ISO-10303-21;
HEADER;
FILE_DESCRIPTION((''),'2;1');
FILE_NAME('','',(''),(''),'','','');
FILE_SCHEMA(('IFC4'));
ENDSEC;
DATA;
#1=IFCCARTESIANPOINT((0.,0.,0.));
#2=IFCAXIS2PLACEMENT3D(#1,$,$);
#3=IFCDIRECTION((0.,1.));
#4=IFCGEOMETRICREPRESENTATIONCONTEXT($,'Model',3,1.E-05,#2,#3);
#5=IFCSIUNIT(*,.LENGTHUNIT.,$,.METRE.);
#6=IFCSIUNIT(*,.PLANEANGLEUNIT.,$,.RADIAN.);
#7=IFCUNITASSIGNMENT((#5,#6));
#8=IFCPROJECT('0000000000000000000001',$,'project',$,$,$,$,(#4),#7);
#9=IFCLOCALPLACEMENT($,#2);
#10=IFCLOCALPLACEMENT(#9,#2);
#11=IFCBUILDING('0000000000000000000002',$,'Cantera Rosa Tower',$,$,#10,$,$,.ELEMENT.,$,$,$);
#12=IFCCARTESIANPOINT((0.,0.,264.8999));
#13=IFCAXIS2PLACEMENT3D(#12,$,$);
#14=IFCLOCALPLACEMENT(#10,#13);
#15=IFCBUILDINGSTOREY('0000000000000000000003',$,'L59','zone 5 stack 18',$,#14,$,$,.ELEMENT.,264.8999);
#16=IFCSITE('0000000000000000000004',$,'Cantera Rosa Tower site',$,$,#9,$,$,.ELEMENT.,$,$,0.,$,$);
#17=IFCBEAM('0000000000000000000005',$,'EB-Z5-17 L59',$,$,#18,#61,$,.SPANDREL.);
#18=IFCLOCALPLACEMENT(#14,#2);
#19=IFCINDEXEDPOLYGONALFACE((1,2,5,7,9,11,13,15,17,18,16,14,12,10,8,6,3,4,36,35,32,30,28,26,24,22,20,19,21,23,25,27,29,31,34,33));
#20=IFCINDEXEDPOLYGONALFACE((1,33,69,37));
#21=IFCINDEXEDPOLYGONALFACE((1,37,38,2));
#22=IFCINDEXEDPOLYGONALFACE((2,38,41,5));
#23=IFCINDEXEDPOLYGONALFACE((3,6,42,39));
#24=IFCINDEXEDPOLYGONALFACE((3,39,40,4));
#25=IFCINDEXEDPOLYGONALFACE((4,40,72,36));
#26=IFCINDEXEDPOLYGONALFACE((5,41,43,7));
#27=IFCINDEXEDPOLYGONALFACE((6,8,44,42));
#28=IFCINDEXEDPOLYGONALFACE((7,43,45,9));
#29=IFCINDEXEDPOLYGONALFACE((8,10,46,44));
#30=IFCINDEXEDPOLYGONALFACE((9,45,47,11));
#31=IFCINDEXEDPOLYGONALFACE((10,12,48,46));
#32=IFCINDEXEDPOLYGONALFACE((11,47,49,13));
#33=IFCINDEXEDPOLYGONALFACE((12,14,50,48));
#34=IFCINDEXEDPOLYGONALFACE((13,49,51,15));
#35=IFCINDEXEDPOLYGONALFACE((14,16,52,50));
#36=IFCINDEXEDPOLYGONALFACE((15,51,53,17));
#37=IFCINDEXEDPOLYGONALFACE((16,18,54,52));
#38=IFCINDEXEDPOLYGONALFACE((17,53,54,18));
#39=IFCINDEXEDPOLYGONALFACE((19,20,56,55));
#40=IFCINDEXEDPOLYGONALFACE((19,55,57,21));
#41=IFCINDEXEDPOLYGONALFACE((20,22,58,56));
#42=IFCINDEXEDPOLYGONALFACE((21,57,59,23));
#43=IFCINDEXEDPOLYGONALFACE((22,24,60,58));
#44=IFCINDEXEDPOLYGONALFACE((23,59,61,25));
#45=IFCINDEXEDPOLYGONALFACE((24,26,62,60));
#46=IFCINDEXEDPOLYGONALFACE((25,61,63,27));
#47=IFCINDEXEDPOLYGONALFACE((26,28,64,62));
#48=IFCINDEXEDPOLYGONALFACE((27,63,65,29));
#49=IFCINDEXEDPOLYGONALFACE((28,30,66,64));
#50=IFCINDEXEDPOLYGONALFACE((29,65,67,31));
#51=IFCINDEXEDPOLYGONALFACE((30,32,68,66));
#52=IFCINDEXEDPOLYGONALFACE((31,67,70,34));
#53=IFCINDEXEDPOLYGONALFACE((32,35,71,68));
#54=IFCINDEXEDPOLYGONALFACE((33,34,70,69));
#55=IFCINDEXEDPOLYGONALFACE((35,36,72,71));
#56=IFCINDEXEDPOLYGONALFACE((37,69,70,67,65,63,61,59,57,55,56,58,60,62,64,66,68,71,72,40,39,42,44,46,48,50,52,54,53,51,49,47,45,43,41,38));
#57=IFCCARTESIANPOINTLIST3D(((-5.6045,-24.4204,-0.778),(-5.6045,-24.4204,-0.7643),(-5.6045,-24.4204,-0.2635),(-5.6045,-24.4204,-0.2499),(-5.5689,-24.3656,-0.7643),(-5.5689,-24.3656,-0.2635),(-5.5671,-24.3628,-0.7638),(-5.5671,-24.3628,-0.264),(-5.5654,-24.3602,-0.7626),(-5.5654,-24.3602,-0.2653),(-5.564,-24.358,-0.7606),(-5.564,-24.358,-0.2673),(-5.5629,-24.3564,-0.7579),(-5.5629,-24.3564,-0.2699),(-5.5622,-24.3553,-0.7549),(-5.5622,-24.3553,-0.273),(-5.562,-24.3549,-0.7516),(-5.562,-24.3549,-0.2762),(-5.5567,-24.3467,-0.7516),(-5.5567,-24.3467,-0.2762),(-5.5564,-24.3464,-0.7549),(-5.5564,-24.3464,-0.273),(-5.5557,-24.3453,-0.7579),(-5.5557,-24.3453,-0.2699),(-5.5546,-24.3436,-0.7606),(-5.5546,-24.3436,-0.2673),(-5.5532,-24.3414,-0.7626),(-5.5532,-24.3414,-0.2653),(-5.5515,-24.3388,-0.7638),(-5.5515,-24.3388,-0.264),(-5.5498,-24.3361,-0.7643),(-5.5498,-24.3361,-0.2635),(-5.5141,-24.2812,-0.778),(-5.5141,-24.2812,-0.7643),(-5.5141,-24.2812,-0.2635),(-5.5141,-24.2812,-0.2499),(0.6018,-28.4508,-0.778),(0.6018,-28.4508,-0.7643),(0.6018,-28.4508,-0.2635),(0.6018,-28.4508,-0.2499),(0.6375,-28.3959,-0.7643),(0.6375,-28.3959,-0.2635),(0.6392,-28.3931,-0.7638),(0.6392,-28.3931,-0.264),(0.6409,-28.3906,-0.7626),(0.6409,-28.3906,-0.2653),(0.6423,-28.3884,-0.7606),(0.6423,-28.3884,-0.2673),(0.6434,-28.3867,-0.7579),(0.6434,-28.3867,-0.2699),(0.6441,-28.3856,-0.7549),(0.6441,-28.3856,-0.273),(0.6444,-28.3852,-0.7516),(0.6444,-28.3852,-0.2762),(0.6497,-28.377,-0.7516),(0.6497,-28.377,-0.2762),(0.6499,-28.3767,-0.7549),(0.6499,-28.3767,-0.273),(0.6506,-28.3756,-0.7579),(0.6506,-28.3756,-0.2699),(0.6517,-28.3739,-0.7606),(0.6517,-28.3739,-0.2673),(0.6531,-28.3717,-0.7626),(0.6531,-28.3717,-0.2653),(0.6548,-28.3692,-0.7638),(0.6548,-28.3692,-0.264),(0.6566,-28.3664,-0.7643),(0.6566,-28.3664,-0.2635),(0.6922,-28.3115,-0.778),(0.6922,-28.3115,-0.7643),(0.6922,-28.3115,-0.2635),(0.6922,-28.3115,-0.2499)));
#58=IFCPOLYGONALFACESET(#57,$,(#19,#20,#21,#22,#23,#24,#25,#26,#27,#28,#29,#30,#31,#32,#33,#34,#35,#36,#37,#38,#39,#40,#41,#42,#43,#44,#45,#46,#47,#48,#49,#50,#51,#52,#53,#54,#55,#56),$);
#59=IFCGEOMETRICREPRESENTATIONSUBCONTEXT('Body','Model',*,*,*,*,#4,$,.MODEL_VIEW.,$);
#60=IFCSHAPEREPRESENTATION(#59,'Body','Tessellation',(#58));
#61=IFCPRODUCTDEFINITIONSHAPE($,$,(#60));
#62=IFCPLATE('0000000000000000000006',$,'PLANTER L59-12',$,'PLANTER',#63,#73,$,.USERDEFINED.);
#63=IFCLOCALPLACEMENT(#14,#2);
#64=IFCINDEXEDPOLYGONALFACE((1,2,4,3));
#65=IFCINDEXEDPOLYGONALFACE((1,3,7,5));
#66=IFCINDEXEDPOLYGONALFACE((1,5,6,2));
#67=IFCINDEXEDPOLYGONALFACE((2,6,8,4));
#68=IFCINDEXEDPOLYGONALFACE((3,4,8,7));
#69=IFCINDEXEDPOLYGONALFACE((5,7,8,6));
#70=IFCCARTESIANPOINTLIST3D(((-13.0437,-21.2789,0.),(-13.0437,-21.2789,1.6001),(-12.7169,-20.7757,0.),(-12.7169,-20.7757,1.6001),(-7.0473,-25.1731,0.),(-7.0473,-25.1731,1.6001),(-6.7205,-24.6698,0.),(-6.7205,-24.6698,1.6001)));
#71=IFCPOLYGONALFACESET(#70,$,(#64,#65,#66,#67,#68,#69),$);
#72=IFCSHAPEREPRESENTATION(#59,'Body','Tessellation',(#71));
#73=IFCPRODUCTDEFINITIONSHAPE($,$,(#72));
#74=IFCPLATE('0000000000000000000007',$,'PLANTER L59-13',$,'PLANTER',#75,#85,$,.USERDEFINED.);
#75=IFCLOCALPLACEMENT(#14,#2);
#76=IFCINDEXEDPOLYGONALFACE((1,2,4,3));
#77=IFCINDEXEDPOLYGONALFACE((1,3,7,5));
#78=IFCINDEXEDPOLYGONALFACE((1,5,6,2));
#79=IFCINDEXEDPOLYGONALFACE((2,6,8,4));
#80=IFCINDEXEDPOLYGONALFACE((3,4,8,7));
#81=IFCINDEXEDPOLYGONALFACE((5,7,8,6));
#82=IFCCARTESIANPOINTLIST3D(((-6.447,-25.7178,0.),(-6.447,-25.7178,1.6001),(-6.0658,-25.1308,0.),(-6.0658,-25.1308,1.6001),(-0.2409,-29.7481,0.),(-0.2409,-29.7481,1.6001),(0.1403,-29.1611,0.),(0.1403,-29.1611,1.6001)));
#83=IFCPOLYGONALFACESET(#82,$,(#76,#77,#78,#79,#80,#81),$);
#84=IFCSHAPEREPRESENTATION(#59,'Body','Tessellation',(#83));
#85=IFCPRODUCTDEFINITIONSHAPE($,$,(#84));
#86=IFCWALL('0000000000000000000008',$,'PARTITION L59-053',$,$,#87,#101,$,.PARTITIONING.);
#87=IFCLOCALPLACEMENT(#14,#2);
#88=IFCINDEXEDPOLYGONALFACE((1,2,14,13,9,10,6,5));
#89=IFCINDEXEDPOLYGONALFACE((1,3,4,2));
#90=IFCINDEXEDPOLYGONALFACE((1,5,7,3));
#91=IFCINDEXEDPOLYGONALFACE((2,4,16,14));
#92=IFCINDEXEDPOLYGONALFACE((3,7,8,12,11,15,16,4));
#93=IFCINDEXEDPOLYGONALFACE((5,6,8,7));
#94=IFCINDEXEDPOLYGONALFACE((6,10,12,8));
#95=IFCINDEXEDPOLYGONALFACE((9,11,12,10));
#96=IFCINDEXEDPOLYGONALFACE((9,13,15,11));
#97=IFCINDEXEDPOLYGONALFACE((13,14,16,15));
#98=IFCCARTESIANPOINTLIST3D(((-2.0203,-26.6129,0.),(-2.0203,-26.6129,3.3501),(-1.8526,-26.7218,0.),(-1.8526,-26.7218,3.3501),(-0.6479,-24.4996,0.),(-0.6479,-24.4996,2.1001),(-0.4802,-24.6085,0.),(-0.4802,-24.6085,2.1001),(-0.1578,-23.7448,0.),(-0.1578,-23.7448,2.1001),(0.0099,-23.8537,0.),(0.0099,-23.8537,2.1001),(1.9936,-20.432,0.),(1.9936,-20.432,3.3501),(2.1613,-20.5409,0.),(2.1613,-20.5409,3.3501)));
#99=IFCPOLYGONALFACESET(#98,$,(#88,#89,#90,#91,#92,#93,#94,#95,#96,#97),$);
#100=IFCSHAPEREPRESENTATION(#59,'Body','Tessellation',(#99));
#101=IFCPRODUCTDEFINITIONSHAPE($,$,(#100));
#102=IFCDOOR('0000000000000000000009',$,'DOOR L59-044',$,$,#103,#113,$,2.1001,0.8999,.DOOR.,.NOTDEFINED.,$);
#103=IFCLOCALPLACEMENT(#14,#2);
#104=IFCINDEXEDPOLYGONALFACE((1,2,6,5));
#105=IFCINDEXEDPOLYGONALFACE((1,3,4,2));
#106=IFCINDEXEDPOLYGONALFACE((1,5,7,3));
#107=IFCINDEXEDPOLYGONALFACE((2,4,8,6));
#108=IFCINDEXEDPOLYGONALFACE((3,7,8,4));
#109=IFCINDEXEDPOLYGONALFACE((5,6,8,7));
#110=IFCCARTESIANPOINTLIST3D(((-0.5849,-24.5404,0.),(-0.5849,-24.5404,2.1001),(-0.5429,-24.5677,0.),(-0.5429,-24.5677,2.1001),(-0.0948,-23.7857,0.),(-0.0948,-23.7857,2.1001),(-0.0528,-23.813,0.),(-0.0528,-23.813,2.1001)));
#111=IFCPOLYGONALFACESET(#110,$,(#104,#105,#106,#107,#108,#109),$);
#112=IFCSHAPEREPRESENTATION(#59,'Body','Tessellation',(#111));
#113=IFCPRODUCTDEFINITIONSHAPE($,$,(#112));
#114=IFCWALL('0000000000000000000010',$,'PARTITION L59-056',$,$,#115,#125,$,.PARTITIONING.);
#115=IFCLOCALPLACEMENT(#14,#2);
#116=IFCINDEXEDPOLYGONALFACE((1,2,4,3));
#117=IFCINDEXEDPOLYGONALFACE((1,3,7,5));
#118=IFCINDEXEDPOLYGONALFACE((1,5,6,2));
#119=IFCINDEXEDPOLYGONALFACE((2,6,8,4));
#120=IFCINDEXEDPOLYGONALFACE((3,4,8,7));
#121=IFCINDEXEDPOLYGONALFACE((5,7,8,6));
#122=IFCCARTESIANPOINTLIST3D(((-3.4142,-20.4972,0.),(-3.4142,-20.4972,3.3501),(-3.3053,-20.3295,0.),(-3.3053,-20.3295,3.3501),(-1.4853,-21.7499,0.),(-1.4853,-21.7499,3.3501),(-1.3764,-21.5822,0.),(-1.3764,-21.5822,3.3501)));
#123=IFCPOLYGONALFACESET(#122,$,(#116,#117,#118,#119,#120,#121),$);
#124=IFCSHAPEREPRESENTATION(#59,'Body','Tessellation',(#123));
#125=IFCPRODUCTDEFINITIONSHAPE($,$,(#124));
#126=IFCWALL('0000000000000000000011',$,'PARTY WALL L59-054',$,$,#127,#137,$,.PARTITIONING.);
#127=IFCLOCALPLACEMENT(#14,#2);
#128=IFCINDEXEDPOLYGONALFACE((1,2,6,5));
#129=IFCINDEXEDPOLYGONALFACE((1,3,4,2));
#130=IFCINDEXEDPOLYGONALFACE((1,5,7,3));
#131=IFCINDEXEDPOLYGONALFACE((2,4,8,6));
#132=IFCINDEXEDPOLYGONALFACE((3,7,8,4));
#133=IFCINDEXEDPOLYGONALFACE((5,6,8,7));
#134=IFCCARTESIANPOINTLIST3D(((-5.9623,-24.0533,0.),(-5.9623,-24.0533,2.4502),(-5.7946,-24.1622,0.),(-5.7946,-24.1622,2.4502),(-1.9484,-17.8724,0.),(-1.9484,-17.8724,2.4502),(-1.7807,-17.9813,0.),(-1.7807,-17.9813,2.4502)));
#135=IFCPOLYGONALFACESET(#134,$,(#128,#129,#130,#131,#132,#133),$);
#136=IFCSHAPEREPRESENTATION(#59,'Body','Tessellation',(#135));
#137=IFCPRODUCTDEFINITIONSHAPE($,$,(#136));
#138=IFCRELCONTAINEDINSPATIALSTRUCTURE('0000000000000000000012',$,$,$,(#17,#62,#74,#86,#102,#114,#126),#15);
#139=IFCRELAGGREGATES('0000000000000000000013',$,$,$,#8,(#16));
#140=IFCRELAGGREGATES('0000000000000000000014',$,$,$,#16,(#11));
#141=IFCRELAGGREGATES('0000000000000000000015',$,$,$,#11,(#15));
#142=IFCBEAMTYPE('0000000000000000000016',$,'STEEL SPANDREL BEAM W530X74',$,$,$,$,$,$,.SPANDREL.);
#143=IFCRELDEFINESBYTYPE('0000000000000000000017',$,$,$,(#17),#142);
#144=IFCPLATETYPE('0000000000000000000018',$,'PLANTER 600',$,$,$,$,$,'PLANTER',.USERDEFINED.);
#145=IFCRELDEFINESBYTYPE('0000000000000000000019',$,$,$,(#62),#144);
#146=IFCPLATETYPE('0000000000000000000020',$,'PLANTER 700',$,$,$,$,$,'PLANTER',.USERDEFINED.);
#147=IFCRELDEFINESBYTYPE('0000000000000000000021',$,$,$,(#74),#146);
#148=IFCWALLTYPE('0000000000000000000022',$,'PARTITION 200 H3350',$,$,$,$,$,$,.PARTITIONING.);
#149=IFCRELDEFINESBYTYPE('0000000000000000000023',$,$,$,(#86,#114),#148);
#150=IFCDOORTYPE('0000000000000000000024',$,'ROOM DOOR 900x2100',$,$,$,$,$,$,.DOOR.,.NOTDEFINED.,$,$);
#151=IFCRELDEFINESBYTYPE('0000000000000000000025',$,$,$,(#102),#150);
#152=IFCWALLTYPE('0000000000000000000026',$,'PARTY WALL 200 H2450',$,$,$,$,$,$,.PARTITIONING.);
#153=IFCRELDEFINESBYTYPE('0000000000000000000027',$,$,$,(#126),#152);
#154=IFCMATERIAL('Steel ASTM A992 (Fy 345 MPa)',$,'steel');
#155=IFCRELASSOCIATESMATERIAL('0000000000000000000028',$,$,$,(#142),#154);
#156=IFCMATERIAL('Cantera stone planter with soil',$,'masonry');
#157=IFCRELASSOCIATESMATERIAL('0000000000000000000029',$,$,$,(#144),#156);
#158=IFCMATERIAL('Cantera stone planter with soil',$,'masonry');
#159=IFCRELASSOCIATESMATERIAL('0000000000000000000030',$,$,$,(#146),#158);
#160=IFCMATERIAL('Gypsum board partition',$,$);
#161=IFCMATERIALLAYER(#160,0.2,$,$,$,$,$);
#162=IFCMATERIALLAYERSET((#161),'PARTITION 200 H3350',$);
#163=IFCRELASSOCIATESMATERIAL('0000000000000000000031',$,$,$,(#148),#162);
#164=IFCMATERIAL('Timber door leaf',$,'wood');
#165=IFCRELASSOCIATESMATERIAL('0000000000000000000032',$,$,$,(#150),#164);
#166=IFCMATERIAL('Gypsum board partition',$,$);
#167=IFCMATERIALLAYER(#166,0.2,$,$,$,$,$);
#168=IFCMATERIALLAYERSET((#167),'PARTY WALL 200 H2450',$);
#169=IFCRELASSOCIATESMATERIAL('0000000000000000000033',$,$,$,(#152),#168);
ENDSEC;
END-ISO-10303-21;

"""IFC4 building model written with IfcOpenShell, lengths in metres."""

from ifc_helpers import new_model, si_unit, direction, frame, frame_2d, origin, origin_2d, place, context, subcontext, project, spatial, rectangle, i_section, extrude, material, layer, layer_set, material_profile, profile_set, type_object, element, fill, save


model = new_model("IFC4")

# Units and contexts
model_context = context("Model", 3, precision=1e-05, world=origin(), true_north=direction((0.0, 1.0)))
body_context = subcontext(model_context, "Body", "Model", "MODEL_VIEW")
ifc_project = project(units=[si_unit("LENGTHUNIT", "METRE"), si_unit("PLANEANGLEUNIT", "RADIAN")], contexts=[model_context])

# Site, building, storey
site_placement = place(None, origin())
site = spatial("IfcSite", under=ifc_project, at=site_placement, Name="Cantera Rosa Tower site", CompositionType="ELEMENT", RefElevation=0.0)
building_placement = place(site_placement, origin())
building = spatial("IfcBuilding", under=site, at=building_placement, Name="Cantera Rosa Tower", CompositionType="ELEMENT")
storey_placement = place(building_placement, frame((0.0, 0.0, 264.8999)))
storey = spatial("IfcBuildingStorey", under=building, at=storey_placement, Name="L59", Description="zone 5 stack 18", CompositionType="ELEMENT", Elevation=264.8999)

# Beam
ifc_material_1 = material(Name="Steel ASTM A992 (Fy 345 MPa)", Category="steel")
ifc_material_profile_1 = material_profile(ifc_material_1, i_section(OverallWidth=0.166, OverallDepth=0.5281, WebThickness=0.0098, FlangeThickness=0.0137, FilletRadius=0.0127, at=origin_2d()), Name="W530X74")
ifc_profile_set_1 = profile_set([ifc_material_profile_1], Name="Steel ASTM A992 (Fy 345 MPa)")
beam_type_1 = type_object("IfcBeamType", Name="STEEL SPANDREL BEAM W530X74", PredefinedType="SPANDREL", material=ifc_profile_set_1)
beam_1_placement = place(storey_placement, frame((-5.5593, -24.3508, -0.5139), z_axis=(0.838679, -0.544625, 0.0), x_axis=(0.544625, 0.838679, 0.0)))
element("IfcBeam", 1, at=beam_1_placement, inside=storey, type_object=beam_type_1, Name="EB-Z5-17 L59", PredefinedType="SPANDREL", context=body_context, shape_type="SweptSolid", body=[
    extrude(i_section(OverallWidth=0.166, OverallDepth=0.5281, WebThickness=0.0098, FlangeThickness=0.0137, FilletRadius=0.0127, at=origin_2d()), origin(), (0.0, 0.0, 1.0), 7.4001),
])

# Plates
ifc_material_2 = material(Name="Cantera stone planter with soil", Category="masonry")
plate_type_1 = type_object("IfcPlateType", Name="PLANTER 600", ElementType="PLANTER", PredefinedType="USERDEFINED", material=ifc_material_2)
plate_1_placement = place(storey_placement, frame((-9.8821, -22.9744, 0.0), z_axis=(0.0, 0.0, 1.0), x_axis=(0.838671, -0.544639, 0.0)))
element("IfcPlate", 2, at=plate_1_placement, inside=storey, type_object=plate_type_1, Name="PLANTER L59-12", ObjectType="PLANTER", PredefinedType="USERDEFINED", context=body_context, shape_type="SweptSolid", body=[
    extrude(rectangle(XDim=7.1499, YDim=0.6001, at=origin_2d()), origin(), (0.0, 0.0, 1.0), 1.6001),
])
ifc_material_3 = material(Name="Cantera stone planter with soil", Category="masonry")
plate_type_2 = type_object("IfcPlateType", Name="PLANTER 700", ElementType="PLANTER", PredefinedType="USERDEFINED", material=ifc_material_3)
plate_2_placement = place(storey_placement, frame((-3.1533, -27.4395, 0.0), z_axis=(0.0, 0.0, 1.0), x_axis=(0.838671, -0.544639, 0.0)))
element("IfcPlate", 3, at=plate_2_placement, inside=storey, type_object=plate_type_2, Name="PLANTER L59-13", ObjectType="PLANTER", PredefinedType="USERDEFINED", context=body_context, shape_type="SweptSolid", body=[
    extrude(rectangle(XDim=7.3999, YDim=0.7, at=origin_2d()), origin(), (0.0, 0.0, 1.0), 1.6001),
])

# Wall, opening, door
ifc_material_4 = material(Name="Gypsum board partition")
ifc_layer_1 = layer(ifc_material_4, 0.2)
ifc_layer_set_1 = layer_set([ifc_layer_1], Name="PARTITION 200 H3350")
wall_type_1 = type_object("IfcWallType", Name="PARTITION 200 H3350", PredefinedType="PARTITIONING", material=ifc_layer_set_1)
wall_1_placement = place(storey_placement, frame((-1.9365, -26.6675, 0.0), z_axis=(0.0, 0.0, 1.0), x_axis=(0.544638, 0.838671, 0.0)))
wall_1 = element("IfcWall", 4, at=wall_1_placement, inside=storey, type_object=wall_type_1, Name="PARTITION L59-053", PredefinedType="PARTITIONING", context=body_context, shape_type="SweptSolid", body=[
    extrude(rectangle(XDim=7.3699, YDim=0.2, at=frame_2d((3.6851, 0.0))), origin(), (0.0, 0.0, 1.0), 3.3501),
])
opening_1_placement = place(wall_1_placement, frame((2.52, 0.0, 0.0)))
opening_1 = element("IfcOpeningElement", 5, at=opening_1_placement, cuts=wall_1, PredefinedType="OPENING", context=body_context, shape_type="SweptSolid", body=[
    extrude(rectangle(XDim=0.8999, YDim=2.1001, at=frame_2d((0.45, 1.05))), frame((0.0, 0.1099, 0.0), z_axis=(0.0, -1.0, 0.0), x_axis=(1.0, 0.0, 0.0)), (0.0, 0.0, 1.0), 0.22),
])
ifc_material_5 = material(Name="Timber door leaf", Category="wood")
door_type_1 = type_object("IfcDoorType", Name="ROOM DOOR 900x2100", OperationType="NOTDEFINED", PredefinedType="DOOR", material=ifc_material_5)
door_1_placement = place(opening_1_placement, origin())
door_1 = element("IfcDoor", 6, at=door_1_placement, inside=storey, type_object=door_type_1, Name="DOOR L59-044", OperationType="NOTDEFINED", OverallHeight=2.1001, OverallWidth=0.8999, PredefinedType="DOOR", context=body_context, shape_type="SweptSolid", body=[
    extrude(rectangle(XDim=0.8999, YDim=2.1001, at=frame_2d((0.45, 1.05))), frame((0.0, 0.0249, 0.0), z_axis=(0.0, -1.0, 0.0), x_axis=(1.0, 0.0, 0.0)), (0.0, 0.0, 1.0), 0.05),
])
fill(opening_1, door_1)

# Walls
wall_2_placement = place(storey_placement, frame((-1.4309, -21.666, 0.0), z_axis=(0.0, 0.0, 1.0), x_axis=(-0.838669, 0.544641, 0.0)))
element("IfcWall", 7, at=wall_2_placement, inside=storey, type_object=wall_type_1, Name="PARTITION L59-056", PredefinedType="PARTITIONING", context=body_context, shape_type="SweptSolid", body=[
    extrude(rectangle(XDim=2.3, YDim=0.2, at=frame_2d((1.1499, 0.0))), origin(), (0.0, 0.0, 1.0), 3.3501),
])
ifc_material_6 = material(Name="Gypsum board partition")
ifc_layer_2 = layer(ifc_material_6, 0.2)
ifc_layer_set_2 = layer_set([ifc_layer_2], Name="PARTY WALL 200 H2450")
wall_type_2 = type_object("IfcWallType", Name="PARTY WALL 200 H2450", PredefinedType="PARTITIONING", material=ifc_layer_set_2)
wall_3_placement = place(storey_placement, frame((-1.8645, -17.9268, 0.0), z_axis=(0.0, 0.0, 1.0), x_axis=(-0.544638, -0.838671, 0.0)))
element("IfcWall", 8, at=wall_3_placement, inside=storey, type_object=wall_type_2, Name="PARTY WALL L59-054", PredefinedType="PARTITIONING", context=body_context, shape_type="SweptSolid", body=[
    extrude(rectangle(XDim=7.3699, YDim=0.2, at=frame_2d((3.6851, 0.0))), origin(), (0.0, 0.0, 1.0), 2.4502),
])

save(model, "model.ifc")
